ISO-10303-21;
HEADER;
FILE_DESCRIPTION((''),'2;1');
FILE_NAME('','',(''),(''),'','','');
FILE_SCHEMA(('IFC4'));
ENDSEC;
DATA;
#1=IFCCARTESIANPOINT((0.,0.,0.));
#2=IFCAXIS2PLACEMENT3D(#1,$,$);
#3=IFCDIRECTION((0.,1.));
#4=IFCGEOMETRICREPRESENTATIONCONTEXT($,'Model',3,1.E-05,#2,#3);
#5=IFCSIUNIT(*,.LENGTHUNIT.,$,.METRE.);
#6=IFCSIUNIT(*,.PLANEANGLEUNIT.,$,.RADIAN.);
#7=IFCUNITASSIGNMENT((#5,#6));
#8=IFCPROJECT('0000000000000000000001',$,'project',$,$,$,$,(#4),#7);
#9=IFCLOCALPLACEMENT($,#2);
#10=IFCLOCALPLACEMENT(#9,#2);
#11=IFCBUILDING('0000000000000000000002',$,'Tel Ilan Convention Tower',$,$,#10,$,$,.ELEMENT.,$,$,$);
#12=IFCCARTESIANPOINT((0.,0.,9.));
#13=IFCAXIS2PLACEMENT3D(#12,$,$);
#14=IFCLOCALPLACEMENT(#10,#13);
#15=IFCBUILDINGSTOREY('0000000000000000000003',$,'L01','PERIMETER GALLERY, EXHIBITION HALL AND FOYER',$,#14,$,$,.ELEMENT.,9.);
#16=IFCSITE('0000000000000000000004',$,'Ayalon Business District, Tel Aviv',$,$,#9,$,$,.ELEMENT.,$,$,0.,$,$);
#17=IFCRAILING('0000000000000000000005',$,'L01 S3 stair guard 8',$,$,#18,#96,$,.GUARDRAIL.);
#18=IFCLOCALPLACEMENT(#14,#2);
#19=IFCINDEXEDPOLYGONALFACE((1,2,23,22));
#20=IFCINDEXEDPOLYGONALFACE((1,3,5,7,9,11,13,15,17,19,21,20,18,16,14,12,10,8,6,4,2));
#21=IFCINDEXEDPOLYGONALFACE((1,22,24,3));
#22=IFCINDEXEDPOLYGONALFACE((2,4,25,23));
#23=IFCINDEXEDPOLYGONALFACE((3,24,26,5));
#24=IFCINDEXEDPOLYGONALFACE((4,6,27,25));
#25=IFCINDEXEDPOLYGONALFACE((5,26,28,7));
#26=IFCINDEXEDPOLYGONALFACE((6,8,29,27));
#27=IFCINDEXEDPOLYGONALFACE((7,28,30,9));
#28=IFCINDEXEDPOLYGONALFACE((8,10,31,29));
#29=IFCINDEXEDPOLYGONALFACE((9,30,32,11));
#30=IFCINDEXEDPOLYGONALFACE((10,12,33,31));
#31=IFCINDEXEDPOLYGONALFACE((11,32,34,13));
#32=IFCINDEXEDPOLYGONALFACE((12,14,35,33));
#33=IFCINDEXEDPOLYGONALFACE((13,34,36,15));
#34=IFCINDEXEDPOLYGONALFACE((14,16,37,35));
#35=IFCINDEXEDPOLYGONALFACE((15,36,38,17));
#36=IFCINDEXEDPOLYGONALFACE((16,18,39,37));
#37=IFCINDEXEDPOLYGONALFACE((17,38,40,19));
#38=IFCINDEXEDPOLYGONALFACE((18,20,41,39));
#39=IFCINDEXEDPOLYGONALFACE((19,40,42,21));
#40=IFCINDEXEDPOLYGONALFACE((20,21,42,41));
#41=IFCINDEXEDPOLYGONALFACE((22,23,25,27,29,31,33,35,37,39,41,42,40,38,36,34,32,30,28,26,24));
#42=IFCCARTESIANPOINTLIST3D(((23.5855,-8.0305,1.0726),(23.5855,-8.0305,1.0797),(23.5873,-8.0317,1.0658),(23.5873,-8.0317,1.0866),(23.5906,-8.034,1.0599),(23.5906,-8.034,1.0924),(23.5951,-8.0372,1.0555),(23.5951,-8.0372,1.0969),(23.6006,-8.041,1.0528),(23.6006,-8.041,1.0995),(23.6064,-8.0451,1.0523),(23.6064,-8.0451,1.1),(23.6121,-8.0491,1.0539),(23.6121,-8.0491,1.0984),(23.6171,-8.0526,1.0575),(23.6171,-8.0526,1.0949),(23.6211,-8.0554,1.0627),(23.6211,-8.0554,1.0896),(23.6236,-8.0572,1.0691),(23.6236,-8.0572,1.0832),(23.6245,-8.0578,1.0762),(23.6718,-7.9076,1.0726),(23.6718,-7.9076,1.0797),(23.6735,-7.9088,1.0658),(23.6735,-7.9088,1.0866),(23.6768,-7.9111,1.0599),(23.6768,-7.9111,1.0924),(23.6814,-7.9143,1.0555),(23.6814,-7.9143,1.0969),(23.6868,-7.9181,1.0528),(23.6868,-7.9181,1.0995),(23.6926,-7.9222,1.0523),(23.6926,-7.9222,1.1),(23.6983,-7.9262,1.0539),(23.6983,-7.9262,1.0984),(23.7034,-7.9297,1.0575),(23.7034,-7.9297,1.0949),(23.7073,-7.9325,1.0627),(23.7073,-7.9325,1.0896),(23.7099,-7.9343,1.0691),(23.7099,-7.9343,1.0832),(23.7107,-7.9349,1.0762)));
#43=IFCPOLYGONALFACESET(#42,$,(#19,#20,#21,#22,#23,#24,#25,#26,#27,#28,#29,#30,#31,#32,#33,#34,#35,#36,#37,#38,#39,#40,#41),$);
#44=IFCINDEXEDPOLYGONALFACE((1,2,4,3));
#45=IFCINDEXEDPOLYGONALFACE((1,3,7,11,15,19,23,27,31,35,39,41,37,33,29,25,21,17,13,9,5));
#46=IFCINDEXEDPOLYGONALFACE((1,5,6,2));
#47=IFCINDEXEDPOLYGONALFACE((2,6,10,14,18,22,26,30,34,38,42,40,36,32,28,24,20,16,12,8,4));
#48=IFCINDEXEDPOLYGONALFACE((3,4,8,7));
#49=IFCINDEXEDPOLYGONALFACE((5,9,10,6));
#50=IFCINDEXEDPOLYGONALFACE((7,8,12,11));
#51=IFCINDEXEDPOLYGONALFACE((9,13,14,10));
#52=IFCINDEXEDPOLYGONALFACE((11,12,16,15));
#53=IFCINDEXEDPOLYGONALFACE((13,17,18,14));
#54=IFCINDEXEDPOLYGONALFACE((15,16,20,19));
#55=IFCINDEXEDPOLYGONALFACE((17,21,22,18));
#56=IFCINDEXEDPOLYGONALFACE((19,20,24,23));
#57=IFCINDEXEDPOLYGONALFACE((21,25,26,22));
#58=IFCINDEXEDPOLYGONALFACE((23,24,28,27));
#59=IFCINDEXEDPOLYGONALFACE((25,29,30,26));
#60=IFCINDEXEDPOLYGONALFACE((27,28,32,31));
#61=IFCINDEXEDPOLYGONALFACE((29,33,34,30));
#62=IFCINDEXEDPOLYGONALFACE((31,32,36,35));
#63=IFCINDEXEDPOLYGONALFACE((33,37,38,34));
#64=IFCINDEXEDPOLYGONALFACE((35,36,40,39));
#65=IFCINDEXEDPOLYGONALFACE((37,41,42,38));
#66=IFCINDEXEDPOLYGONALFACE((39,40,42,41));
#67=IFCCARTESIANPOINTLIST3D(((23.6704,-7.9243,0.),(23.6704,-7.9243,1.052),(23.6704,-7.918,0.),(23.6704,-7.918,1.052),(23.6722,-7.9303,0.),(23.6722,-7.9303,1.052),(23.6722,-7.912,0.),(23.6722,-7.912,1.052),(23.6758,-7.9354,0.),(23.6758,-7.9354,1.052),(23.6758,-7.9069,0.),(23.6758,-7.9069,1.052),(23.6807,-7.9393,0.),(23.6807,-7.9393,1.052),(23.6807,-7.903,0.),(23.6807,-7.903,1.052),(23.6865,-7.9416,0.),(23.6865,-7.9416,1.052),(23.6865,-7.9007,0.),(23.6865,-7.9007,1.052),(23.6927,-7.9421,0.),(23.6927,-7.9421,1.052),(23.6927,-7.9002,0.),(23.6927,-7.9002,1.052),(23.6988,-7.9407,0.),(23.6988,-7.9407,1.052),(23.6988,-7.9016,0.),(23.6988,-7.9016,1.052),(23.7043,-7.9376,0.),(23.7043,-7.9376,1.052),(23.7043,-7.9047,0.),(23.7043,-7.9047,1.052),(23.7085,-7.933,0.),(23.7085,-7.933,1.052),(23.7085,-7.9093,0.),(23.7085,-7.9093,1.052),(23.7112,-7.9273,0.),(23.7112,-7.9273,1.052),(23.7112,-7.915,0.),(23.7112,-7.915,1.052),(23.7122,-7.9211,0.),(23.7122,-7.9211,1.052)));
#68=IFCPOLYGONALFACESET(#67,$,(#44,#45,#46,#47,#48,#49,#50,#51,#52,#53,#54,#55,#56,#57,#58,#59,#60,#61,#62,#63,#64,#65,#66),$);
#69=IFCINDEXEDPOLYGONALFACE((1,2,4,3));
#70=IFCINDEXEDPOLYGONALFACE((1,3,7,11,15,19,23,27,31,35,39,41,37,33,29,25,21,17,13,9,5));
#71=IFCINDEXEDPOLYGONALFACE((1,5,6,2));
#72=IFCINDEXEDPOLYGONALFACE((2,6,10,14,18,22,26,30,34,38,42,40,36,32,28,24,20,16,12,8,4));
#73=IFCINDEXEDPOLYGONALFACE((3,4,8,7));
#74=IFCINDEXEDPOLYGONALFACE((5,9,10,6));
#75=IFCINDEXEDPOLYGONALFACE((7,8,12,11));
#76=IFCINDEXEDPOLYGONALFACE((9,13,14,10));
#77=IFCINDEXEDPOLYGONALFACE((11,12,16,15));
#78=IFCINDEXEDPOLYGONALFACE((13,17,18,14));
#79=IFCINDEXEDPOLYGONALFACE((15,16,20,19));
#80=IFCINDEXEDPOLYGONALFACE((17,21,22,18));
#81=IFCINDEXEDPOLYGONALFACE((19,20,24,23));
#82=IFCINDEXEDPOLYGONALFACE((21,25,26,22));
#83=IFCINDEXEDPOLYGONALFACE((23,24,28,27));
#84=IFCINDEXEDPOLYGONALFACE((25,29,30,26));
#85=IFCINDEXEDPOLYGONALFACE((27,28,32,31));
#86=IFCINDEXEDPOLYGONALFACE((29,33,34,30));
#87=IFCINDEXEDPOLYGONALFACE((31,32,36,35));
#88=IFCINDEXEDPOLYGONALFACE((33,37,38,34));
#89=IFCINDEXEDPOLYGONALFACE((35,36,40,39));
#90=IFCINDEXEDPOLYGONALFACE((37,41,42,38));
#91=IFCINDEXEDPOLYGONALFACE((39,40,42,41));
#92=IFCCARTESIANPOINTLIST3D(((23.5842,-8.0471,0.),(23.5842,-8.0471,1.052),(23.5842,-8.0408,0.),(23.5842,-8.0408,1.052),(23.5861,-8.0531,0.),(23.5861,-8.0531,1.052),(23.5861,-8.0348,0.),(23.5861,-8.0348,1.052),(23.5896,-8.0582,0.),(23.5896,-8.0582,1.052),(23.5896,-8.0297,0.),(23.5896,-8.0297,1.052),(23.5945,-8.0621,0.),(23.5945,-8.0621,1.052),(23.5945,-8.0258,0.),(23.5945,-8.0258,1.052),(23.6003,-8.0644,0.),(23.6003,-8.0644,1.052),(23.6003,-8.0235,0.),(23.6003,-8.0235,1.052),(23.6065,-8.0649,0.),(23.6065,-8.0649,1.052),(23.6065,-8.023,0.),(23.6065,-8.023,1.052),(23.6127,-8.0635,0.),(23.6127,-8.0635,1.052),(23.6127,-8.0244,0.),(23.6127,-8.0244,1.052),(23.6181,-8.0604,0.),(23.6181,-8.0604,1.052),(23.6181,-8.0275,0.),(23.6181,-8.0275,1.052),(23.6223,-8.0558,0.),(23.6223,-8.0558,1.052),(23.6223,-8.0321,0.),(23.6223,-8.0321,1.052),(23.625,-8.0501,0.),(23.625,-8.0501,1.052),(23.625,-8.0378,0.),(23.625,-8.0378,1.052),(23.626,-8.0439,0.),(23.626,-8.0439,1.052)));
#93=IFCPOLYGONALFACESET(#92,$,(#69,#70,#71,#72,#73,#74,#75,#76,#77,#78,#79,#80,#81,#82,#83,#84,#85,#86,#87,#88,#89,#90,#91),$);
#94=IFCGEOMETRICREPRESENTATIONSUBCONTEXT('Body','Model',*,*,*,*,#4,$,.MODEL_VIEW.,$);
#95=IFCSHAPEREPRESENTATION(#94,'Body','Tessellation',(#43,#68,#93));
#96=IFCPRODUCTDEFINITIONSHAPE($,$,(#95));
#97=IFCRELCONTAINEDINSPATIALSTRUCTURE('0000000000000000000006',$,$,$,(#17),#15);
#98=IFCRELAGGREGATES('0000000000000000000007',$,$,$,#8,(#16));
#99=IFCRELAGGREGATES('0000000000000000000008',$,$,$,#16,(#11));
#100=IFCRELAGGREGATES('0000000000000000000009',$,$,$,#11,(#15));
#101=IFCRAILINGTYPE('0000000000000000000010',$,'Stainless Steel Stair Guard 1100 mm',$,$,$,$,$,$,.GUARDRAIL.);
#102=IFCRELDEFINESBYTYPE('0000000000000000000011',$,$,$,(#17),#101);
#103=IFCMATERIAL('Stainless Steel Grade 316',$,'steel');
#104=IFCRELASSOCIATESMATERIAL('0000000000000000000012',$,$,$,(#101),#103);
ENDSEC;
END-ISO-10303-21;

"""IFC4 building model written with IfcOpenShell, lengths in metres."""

from ifc_helpers import new_model, si_unit, direction, frame, origin, origin_2d, place, context, subcontext, project, spatial, circle, extrude, material, type_object, element, save


model = new_model("IFC4")

# Units and contexts
model_context = context("Model", 3, precision=1e-05, world=origin(), true_north=direction((0.0, 1.0)))
body_context = subcontext(model_context, "Body", "Model", "MODEL_VIEW")
ifc_project = project(units=[si_unit("LENGTHUNIT", "METRE"), si_unit("PLANEANGLEUNIT", "RADIAN")], contexts=[model_context])

# Site, building, storey
site_placement = place(None, origin())
site = spatial("IfcSite", under=ifc_project, at=site_placement, Name="Ayalon Business District, Tel Aviv", CompositionType="ELEMENT", RefElevation=0.0)
building_placement = place(site_placement, origin())
building = spatial("IfcBuilding", under=site, at=building_placement, Name="Tel Ilan Convention Tower", CompositionType="ELEMENT")
storey_placement = place(building_placement, frame((0.0, 0.0, 9.0)))
storey = spatial("IfcBuildingStorey", under=building, at=storey_placement, Name="L01", Description="PERIMETER GALLERY, EXHIBITION HALL AND FOYER", CompositionType="ELEMENT", Elevation=9.0)

# Railing
ifc_material_1 = material(Name="Stainless Steel Grade 316", Category="steel")
railing_type_1 = type_object("IfcRailingType", Name="Stainless Steel Stair Guard 1100 mm", PredefinedType="GUARDRAIL", material=ifc_material_1)
railing_1_placement = place(storey_placement, frame((23.6912, -7.9211, 0.0)))
element("IfcRailing", 1, at=railing_1_placement, inside=storey, type_object=railing_type_1, Name="L01 S3 stair guard 8", PredefinedType="GUARDRAIL", context=body_context, shape_type="SweptSolid", body=[
    extrude(circle(Radius=0.0239, at=origin_2d()), frame((0.0, 0.0, 1.0762), z_axis=(-0.574445, -0.818543, 0.0), x_axis=(0.818543, -0.574445, 0.0)), (0.0, 0.0, 1.0), 0.1501),
    extrude(circle(Radius=0.021, at=origin_2d()), origin(), (0.0, 0.0, 1.0), 1.052),
    extrude(circle(Radius=0.021, at=origin_2d()), frame((-0.0862, -0.1228, 0.0)), (0.0, 0.0, 1.0), 1.052),
])

save(model, "model.ifc")
